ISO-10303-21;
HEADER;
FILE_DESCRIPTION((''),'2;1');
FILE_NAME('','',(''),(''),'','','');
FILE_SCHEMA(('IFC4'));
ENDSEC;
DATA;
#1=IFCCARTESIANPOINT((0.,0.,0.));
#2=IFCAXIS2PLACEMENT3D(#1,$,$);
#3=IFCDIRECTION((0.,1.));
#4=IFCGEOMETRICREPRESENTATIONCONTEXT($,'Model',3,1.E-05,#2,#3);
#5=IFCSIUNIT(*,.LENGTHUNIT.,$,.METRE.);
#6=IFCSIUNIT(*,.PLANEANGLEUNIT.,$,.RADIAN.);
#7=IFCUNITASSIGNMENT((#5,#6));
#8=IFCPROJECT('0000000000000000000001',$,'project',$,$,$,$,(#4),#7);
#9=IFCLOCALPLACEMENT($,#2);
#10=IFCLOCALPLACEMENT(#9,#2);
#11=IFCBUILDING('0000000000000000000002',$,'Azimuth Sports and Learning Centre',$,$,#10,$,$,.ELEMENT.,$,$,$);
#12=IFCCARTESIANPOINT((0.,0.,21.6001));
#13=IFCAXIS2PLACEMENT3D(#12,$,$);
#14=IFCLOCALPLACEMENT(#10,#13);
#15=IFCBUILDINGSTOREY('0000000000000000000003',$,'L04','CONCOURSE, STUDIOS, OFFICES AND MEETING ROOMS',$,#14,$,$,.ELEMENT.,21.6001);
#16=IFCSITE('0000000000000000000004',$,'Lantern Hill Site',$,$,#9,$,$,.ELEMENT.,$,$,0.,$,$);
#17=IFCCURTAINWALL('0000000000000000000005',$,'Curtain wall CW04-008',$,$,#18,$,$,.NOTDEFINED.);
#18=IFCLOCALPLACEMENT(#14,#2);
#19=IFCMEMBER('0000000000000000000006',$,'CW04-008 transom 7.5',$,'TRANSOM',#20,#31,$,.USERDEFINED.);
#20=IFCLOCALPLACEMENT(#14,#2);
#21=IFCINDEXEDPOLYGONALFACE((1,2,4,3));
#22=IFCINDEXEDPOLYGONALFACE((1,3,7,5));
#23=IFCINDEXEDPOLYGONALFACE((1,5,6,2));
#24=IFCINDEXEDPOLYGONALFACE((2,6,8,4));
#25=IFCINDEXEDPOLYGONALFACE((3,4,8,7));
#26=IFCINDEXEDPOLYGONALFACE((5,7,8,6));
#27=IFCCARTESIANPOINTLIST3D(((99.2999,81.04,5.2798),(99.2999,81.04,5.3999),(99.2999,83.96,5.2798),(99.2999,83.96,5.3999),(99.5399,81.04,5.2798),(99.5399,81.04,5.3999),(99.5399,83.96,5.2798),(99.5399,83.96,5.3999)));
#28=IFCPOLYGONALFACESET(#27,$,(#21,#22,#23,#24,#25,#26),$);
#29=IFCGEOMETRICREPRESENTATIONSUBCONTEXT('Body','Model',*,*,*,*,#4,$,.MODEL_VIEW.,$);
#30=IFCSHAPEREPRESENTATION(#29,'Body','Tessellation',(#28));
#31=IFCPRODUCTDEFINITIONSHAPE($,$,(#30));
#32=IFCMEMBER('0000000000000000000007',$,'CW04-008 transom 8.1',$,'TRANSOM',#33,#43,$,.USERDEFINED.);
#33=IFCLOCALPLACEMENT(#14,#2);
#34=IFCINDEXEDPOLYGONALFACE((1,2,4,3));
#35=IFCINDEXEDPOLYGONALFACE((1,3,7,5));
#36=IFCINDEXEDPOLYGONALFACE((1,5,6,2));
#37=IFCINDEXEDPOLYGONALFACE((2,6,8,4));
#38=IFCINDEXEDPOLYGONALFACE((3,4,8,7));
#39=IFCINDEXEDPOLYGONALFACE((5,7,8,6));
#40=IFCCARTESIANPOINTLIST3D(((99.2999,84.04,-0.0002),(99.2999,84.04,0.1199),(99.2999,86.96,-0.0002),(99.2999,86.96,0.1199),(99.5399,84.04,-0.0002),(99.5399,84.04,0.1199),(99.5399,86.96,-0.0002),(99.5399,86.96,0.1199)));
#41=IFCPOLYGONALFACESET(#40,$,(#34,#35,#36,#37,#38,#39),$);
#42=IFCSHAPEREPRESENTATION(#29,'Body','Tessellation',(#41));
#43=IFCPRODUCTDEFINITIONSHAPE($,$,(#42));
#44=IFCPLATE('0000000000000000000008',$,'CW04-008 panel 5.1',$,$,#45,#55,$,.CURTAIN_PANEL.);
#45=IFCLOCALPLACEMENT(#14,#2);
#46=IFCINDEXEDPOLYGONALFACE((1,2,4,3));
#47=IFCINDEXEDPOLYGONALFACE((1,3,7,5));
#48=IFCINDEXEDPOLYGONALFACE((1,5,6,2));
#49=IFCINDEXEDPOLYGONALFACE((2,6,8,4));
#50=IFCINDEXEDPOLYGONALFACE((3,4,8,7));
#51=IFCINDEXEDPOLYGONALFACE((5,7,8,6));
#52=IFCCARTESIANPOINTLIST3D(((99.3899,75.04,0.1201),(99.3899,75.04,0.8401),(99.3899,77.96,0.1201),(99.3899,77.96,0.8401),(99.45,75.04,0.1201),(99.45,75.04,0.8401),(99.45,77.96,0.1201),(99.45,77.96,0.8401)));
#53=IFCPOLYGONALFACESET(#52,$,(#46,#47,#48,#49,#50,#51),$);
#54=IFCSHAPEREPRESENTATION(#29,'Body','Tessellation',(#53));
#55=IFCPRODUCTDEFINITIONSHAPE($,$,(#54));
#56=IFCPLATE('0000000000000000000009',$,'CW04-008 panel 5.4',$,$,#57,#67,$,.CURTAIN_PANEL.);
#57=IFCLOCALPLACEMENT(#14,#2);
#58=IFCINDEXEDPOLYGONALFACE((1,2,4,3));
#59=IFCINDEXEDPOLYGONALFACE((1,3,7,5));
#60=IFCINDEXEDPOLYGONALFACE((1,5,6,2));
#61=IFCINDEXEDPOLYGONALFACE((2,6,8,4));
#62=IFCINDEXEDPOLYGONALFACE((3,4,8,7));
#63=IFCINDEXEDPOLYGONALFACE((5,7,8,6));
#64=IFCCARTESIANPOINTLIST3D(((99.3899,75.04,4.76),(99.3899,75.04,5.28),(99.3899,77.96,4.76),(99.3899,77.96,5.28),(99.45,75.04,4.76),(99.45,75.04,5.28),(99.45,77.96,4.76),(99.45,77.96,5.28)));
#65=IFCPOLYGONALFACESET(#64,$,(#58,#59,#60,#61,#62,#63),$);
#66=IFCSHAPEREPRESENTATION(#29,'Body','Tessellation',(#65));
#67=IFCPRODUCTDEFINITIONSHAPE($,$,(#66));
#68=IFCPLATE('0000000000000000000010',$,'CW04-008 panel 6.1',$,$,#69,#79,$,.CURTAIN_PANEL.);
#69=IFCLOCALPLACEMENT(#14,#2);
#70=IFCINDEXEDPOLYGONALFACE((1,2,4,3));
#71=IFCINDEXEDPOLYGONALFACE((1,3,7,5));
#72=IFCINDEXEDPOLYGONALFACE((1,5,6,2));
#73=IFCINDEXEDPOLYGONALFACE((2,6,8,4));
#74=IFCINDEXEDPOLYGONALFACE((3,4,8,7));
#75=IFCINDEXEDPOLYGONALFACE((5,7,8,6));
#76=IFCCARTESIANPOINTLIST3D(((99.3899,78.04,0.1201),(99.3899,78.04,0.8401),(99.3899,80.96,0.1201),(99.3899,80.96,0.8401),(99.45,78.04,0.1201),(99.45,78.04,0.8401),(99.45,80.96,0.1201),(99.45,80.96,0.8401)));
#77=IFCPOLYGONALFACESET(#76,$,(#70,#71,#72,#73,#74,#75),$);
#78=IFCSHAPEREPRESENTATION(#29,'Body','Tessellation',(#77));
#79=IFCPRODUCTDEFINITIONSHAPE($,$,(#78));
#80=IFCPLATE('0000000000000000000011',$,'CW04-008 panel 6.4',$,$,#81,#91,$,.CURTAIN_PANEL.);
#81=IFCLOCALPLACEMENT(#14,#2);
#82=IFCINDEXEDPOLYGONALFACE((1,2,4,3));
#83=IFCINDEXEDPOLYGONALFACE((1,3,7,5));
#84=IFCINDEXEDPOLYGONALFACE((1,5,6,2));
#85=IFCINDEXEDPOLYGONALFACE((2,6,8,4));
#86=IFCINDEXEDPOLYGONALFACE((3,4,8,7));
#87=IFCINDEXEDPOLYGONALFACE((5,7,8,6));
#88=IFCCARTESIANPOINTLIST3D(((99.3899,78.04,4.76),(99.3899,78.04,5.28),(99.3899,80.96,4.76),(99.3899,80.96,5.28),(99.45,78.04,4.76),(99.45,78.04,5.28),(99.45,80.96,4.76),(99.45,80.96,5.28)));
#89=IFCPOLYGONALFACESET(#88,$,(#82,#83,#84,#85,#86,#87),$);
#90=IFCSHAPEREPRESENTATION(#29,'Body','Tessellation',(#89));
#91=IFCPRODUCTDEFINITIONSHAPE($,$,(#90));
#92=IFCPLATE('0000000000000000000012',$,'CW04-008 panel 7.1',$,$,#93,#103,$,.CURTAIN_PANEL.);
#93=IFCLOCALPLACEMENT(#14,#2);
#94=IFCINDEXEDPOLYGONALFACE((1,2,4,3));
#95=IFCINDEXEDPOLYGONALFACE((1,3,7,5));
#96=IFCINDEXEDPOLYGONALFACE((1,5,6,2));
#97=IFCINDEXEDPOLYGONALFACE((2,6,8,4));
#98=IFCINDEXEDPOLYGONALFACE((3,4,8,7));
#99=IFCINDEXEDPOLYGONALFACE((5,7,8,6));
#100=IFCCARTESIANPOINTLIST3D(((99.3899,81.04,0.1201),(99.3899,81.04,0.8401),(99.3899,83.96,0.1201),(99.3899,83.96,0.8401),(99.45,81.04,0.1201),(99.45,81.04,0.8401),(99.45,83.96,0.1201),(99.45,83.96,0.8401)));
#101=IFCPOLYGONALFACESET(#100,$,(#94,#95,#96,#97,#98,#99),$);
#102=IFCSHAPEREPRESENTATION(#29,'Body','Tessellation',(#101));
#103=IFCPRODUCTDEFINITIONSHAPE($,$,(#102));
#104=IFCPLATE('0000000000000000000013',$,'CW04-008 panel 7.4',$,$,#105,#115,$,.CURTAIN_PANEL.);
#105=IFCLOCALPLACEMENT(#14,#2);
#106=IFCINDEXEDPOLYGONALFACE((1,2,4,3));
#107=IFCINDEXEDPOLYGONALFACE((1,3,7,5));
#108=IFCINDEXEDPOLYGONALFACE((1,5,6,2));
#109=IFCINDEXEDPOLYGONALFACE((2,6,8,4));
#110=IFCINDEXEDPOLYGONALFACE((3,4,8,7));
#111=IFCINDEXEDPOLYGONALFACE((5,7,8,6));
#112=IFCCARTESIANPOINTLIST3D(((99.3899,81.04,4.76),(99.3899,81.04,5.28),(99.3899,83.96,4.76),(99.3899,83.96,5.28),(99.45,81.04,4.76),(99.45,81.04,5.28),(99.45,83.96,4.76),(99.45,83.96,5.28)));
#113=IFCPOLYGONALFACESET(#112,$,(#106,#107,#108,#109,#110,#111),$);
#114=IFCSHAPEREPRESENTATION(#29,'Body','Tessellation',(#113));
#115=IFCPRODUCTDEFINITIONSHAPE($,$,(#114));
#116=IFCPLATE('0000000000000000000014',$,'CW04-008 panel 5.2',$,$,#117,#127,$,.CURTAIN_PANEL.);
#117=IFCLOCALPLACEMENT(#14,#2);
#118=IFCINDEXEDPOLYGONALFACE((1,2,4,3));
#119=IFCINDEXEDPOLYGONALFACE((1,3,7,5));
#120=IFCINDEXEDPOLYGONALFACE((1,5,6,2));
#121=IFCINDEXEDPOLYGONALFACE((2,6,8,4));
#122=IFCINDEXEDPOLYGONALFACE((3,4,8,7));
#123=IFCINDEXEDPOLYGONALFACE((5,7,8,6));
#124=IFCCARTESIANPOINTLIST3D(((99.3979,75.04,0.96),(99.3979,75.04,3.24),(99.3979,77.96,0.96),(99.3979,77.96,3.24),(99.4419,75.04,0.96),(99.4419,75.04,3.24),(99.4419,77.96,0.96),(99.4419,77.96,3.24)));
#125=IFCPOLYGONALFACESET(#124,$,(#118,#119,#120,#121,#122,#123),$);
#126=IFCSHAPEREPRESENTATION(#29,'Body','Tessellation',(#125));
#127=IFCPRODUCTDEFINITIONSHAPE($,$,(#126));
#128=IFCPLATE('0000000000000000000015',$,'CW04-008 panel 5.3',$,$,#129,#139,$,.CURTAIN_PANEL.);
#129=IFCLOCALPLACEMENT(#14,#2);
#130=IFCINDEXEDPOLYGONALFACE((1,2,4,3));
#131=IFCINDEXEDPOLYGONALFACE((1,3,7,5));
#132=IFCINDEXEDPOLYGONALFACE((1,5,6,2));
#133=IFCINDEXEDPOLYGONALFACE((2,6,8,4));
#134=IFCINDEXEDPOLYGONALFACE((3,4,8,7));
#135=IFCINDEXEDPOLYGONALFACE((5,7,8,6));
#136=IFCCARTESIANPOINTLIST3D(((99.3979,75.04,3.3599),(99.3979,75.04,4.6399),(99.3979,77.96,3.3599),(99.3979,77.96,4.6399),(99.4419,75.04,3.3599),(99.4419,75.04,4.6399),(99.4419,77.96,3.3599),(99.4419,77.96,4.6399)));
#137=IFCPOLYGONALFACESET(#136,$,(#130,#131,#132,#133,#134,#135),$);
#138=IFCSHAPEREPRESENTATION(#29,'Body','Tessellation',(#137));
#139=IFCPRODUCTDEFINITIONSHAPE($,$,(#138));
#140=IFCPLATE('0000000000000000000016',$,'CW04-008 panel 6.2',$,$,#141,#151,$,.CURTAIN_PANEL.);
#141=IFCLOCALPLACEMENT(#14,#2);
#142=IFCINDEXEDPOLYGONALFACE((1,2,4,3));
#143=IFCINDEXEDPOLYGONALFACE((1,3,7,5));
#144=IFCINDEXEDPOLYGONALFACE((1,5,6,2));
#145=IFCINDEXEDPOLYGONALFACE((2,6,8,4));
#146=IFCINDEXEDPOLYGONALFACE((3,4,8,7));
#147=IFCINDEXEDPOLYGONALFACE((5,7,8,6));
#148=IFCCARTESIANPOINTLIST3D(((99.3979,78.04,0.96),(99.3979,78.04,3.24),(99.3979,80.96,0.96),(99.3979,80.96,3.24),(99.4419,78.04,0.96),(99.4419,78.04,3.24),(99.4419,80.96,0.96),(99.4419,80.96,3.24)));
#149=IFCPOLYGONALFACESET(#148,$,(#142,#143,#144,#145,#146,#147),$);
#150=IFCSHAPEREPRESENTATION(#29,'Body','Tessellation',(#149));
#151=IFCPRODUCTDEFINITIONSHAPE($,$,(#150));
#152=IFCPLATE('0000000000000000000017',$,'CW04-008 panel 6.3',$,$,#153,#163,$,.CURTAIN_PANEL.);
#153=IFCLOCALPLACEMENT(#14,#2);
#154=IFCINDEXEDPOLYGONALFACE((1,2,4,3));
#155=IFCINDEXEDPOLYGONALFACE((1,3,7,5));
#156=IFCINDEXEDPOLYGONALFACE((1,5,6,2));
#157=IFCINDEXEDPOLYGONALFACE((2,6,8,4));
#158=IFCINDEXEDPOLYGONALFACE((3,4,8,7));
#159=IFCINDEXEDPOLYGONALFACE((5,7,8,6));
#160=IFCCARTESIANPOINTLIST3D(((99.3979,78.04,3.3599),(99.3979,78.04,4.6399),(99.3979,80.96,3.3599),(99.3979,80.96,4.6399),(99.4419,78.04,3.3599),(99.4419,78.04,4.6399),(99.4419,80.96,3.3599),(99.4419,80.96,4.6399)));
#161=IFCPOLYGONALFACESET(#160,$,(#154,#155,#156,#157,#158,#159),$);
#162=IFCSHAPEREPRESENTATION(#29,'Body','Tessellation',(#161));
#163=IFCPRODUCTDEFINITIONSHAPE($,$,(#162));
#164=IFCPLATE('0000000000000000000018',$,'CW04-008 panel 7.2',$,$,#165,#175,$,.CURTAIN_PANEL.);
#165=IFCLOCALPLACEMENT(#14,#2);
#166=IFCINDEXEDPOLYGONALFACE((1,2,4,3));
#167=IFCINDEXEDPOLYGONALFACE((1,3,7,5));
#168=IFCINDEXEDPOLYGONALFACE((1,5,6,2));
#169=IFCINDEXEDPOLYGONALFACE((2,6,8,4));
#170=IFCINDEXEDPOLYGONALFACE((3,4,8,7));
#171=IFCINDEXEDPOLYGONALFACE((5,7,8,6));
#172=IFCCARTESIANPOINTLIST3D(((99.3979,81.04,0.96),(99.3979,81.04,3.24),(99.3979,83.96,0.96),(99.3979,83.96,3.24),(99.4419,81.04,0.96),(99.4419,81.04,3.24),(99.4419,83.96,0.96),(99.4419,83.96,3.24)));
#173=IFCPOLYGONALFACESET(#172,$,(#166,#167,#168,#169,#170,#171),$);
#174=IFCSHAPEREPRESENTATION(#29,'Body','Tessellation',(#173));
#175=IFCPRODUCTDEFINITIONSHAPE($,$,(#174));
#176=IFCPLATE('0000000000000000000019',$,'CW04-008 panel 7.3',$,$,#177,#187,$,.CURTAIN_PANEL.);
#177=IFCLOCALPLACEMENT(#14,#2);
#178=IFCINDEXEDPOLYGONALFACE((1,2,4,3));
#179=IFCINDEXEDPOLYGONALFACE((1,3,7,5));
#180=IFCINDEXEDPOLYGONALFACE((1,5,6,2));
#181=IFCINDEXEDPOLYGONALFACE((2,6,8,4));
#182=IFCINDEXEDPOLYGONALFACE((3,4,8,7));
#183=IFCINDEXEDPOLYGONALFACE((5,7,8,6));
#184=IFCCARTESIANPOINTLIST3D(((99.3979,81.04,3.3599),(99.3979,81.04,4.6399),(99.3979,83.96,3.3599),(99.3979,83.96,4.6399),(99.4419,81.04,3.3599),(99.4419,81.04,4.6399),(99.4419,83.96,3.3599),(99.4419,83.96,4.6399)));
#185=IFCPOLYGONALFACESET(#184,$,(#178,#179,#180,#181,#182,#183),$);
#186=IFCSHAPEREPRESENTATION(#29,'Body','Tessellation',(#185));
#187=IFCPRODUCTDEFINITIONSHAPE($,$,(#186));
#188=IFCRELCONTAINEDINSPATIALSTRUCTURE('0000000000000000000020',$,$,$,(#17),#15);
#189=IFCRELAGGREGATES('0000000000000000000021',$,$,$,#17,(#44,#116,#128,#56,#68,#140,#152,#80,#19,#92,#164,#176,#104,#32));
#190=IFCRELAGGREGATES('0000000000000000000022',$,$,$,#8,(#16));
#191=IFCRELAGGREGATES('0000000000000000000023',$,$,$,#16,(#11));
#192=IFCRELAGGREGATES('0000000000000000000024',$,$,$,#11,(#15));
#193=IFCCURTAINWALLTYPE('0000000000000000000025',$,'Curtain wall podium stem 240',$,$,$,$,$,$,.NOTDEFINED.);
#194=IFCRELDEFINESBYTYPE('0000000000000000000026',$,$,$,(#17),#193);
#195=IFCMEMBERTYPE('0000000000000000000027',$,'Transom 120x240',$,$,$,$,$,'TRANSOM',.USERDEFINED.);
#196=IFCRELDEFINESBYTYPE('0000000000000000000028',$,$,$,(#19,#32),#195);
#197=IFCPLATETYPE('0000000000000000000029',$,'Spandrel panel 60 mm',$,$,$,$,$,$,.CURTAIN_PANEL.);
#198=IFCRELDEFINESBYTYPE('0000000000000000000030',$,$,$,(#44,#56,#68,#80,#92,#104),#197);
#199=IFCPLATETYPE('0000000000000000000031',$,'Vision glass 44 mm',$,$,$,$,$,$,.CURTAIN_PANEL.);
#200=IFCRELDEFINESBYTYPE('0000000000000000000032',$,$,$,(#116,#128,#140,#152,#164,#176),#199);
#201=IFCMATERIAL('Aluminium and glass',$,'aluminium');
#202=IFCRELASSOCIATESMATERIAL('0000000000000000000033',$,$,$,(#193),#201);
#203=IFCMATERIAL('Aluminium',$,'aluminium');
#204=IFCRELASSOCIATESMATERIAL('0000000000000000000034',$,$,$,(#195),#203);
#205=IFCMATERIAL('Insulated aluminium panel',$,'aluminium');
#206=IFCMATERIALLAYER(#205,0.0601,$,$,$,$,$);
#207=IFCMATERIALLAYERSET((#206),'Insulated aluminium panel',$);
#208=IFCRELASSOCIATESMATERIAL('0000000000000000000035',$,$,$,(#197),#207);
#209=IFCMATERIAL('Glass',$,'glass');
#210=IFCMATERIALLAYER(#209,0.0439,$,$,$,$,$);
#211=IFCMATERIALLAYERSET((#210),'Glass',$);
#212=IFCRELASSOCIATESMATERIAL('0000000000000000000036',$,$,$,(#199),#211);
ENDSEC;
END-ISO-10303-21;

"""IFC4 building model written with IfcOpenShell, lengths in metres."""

from ifc_helpers import new_model, si_unit, direction, frame, origin, origin_2d, place, context, subcontext, project, spatial, rectangle, extrude, material, layer, layer_set, material_profile, profile_set, type_object, element, aggregate, save


model = new_model("IFC4")

# Units and contexts
model_context = context("Model", 3, precision=1e-05, world=origin(), true_north=direction((0.0, 1.0)))
body_context = subcontext(model_context, "Body", "Model", "MODEL_VIEW")
ifc_project = project(units=[si_unit("LENGTHUNIT", "METRE"), si_unit("PLANEANGLEUNIT", "RADIAN")], contexts=[model_context])

# Site, building, storey
site_placement = place(None, origin())
site = spatial("IfcSite", under=ifc_project, at=site_placement, Name="Lantern Hill Site", CompositionType="ELEMENT", RefElevation=0.0)
building_placement = place(site_placement, origin())
building = spatial("IfcBuilding", under=site, at=building_placement, Name="Azimuth Sports and Learning Centre", CompositionType="ELEMENT")
storey_placement = place(building_placement, frame((0.0, 0.0, 21.6001)))
storey = spatial("IfcBuildingStorey", under=building, at=storey_placement, Name="L04", Description="CONCOURSE, STUDIOS, OFFICES AND MEETING ROOMS", CompositionType="ELEMENT", Elevation=21.6001)

# Curtain wall, members, plates
ifc_material_1 = material(Name="Aluminium and glass", Category="aluminium")
curtain_wall_type = type_object("IfcCurtainWallType", Name="Curtain wall podium stem 240", PredefinedType="NOTDEFINED", material=ifc_material_1)
curtain_wall_placement = place(storey_placement, origin())
curtain_wall = element("IfcCurtainWall", 1, at=curtain_wall_placement, inside=storey, type_object=curtain_wall_type, Name="Curtain wall CW04-008", PredefinedType="NOTDEFINED")
ifc_material_2 = material(Name="Aluminium", Category="aluminium")
ifc_material_profile_1 = material_profile(ifc_material_2, rectangle(XDim=0.24, YDim=0.1201, at=origin_2d()), Name="Transom 120x240")
ifc_profile_set_1 = profile_set([ifc_material_profile_1], Name="Aluminium")
member_type_1 = type_object("IfcMemberType", Name="Transom 120x240", ElementType="TRANSOM", PredefinedType="USERDEFINED", material=ifc_profile_set_1)
member_1_placement = place(storey_placement, frame((99.4199, 81.04, 5.3398), z_axis=(0.0, 1.0, 0.0), x_axis=(-1.0, 0.0, 0.0)))
member_1 = element("IfcMember", 2, at=member_1_placement, type_object=member_type_1, Name="CW04-008 transom 7.5", ObjectType="TRANSOM", PredefinedType="USERDEFINED", context=body_context, shape_type="SweptSolid", body=[
    extrude(rectangle(XDim=0.24, YDim=0.1201, at=origin_2d()), origin(), (0.0, 0.0, 1.0), 2.9199),
])
member_2_placement = place(storey_placement, frame((99.4199, 84.04, 0.0598), z_axis=(0.0, 1.0, 0.0), x_axis=(-1.0, 0.0, 0.0)))
member_2 = element("IfcMember", 3, at=member_2_placement, type_object=member_type_1, Name="CW04-008 transom 8.1", ObjectType="TRANSOM", PredefinedType="USERDEFINED", context=body_context, shape_type="SweptSolid", body=[
    extrude(rectangle(XDim=0.24, YDim=0.1201, at=origin_2d()), origin(), (0.0, 0.0, 1.0), 2.9199),
])
ifc_material_3 = material(Name="Insulated aluminium panel", Category="aluminium")
ifc_layer_1 = layer(ifc_material_3, 0.0601)
ifc_layer_set_1 = layer_set([ifc_layer_1], Name="Insulated aluminium panel")
plate_type_1 = type_object("IfcPlateType", Name="Spandrel panel 60 mm", PredefinedType="CURTAIN_PANEL", material=ifc_layer_set_1)
plate_1_placement = place(storey_placement, frame((99.4199, 76.5, 0.1201), z_axis=(0.0, 0.0, 1.0), x_axis=(0.0, 1.0, 0.0)))
plate_1 = element("IfcPlate", 4, at=plate_1_placement, type_object=plate_type_1, Name="CW04-008 panel 5.1", PredefinedType="CURTAIN_PANEL", context=body_context, shape_type="SweptSolid", body=[
    extrude(rectangle(XDim=2.9199, YDim=0.0601, at=origin_2d()), origin(), (0.0, 0.0, 1.0), 0.72),
])
plate_2_placement = place(storey_placement, frame((99.4199, 76.5, 4.76), z_axis=(0.0, 0.0, 1.0), x_axis=(0.0, 1.0, 0.0)))
plate_2 = element("IfcPlate", 5, at=plate_2_placement, type_object=plate_type_1, Name="CW04-008 panel 5.4", PredefinedType="CURTAIN_PANEL", context=body_context, shape_type="SweptSolid", body=[
    extrude(rectangle(XDim=2.9199, YDim=0.0601, at=origin_2d()), origin(), (0.0, 0.0, 1.0), 0.52),
])
plate_3_placement = place(storey_placement, frame((99.4199, 79.5, 0.1201), z_axis=(0.0, 0.0, 1.0), x_axis=(0.0, 1.0, 0.0)))
plate_3 = element("IfcPlate", 6, at=plate_3_placement, type_object=plate_type_1, Name="CW04-008 panel 6.1", PredefinedType="CURTAIN_PANEL", context=body_context, shape_type="SweptSolid", body=[
    extrude(rectangle(XDim=2.9199, YDim=0.0601, at=origin_2d()), origin(), (0.0, 0.0, 1.0), 0.72),
])
plate_4_placement = place(storey_placement, frame((99.4199, 79.5, 4.76), z_axis=(0.0, 0.0, 1.0), x_axis=(0.0, 1.0, 0.0)))
plate_4 = element("IfcPlate", 7, at=plate_4_placement, type_object=plate_type_1, Name="CW04-008 panel 6.4", PredefinedType="CURTAIN_PANEL", context=body_context, shape_type="SweptSolid", body=[
    extrude(rectangle(XDim=2.9199, YDim=0.0601, at=origin_2d()), origin(), (0.0, 0.0, 1.0), 0.52),
])
plate_5_placement = place(storey_placement, frame((99.4199, 82.5, 0.1201), z_axis=(0.0, 0.0, 1.0), x_axis=(0.0, 1.0, 0.0)))
plate_5 = element("IfcPlate", 8, at=plate_5_placement, type_object=plate_type_1, Name="CW04-008 panel 7.1", PredefinedType="CURTAIN_PANEL", context=body_context, shape_type="SweptSolid", body=[
    extrude(rectangle(XDim=2.9199, YDim=0.0601, at=origin_2d()), origin(), (0.0, 0.0, 1.0), 0.72),
])
plate_6_placement = place(storey_placement, frame((99.4199, 82.5, 4.76), z_axis=(0.0, 0.0, 1.0), x_axis=(0.0, 1.0, 0.0)))
plate_6 = element("IfcPlate", 9, at=plate_6_placement, type_object=plate_type_1, Name="CW04-008 panel 7.4", PredefinedType="CURTAIN_PANEL", context=body_context, shape_type="SweptSolid", body=[
    extrude(rectangle(XDim=2.9199, YDim=0.0601, at=origin_2d()), origin(), (0.0, 0.0, 1.0), 0.52),
])
ifc_material_4 = material(Name="Glass", Category="glass")
ifc_layer_2 = layer(ifc_material_4, 0.0439)
ifc_layer_set_2 = layer_set([ifc_layer_2], Name="Glass")
plate_type_2 = type_object("IfcPlateType", Name="Vision glass 44 mm", PredefinedType="CURTAIN_PANEL", material=ifc_layer_set_2)
plate_7_placement = place(storey_placement, frame((99.4199, 76.5, 0.96), z_axis=(0.0, 0.0, 1.0), x_axis=(0.0, 1.0, 0.0)))
plate_7 = element("IfcPlate", 10, at=plate_7_placement, type_object=plate_type_2, Name="CW04-008 panel 5.2", PredefinedType="CURTAIN_PANEL", context=body_context, shape_type="SweptSolid", body=[
    extrude(rectangle(XDim=2.9199, YDim=0.0439, at=origin_2d()), origin(), (0.0, 0.0, 1.0), 2.28),
])
plate_8_placement = place(storey_placement, frame((99.4199, 76.5, 3.3599), z_axis=(0.0, 0.0, 1.0), x_axis=(0.0, 1.0, 0.0)))
plate_8 = element("IfcPlate", 11, at=plate_8_placement, type_object=plate_type_2, Name="CW04-008 panel 5.3", PredefinedType="CURTAIN_PANEL", context=body_context, shape_type="SweptSolid", body=[
    extrude(rectangle(XDim=2.9199, YDim=0.0439, at=origin_2d()), origin(), (0.0, 0.0, 1.0), 1.28),
])
plate_9_placement = place(storey_placement, frame((99.4199, 79.5, 0.96), z_axis=(0.0, 0.0, 1.0), x_axis=(0.0, 1.0, 0.0)))
plate_9 = element("IfcPlate", 12, at=plate_9_placement, type_object=plate_type_2, Name="CW04-008 panel 6.2", PredefinedType="CURTAIN_PANEL", context=body_context, shape_type="SweptSolid", body=[
    extrude(rectangle(XDim=2.9199, YDim=0.0439, at=origin_2d()), origin(), (0.0, 0.0, 1.0), 2.28),
])
plate_10_placement = place(storey_placement, frame((99.4199, 79.5, 3.3599), z_axis=(0.0, 0.0, 1.0), x_axis=(0.0, 1.0, 0.0)))
plate_10 = element("IfcPlate", 13, at=plate_10_placement, type_object=plate_type_2, Name="CW04-008 panel 6.3", PredefinedType="CURTAIN_PANEL", context=body_context, shape_type="SweptSolid", body=[
    extrude(rectangle(XDim=2.9199, YDim=0.0439, at=origin_2d()), origin(), (0.0, 0.0, 1.0), 1.28),
])
plate_11_placement = place(storey_placement, frame((99.4199, 82.5, 0.96), z_axis=(0.0, 0.0, 1.0), x_axis=(0.0, 1.0, 0.0)))
plate_11 = element("IfcPlate", 14, at=plate_11_placement, type_object=plate_type_2, Name="CW04-008 panel 7.2", PredefinedType="CURTAIN_PANEL", context=body_context, shape_type="SweptSolid", body=[
    extrude(rectangle(XDim=2.9199, YDim=0.0439, at=origin_2d()), origin(), (0.0, 0.0, 1.0), 2.28),
])
plate_12_placement = place(storey_placement, frame((99.4199, 82.5, 3.3599), z_axis=(0.0, 0.0, 1.0), x_axis=(0.0, 1.0, 0.0)))
plate_12 = element("IfcPlate", 15, at=plate_12_placement, type_object=plate_type_2, Name="CW04-008 panel 7.3", PredefinedType="CURTAIN_PANEL", context=body_context, shape_type="SweptSolid", body=[
    extrude(rectangle(XDim=2.9199, YDim=0.0439, at=origin_2d()), origin(), (0.0, 0.0, 1.0), 1.28),
])
aggregate(curtain_wall, [plate_1, plate_7, plate_8, plate_2, plate_3, plate_9, plate_10, plate_4, member_1, plate_5, plate_11, plate_12, plate_6, member_2])

save(model, "model.ifc")
